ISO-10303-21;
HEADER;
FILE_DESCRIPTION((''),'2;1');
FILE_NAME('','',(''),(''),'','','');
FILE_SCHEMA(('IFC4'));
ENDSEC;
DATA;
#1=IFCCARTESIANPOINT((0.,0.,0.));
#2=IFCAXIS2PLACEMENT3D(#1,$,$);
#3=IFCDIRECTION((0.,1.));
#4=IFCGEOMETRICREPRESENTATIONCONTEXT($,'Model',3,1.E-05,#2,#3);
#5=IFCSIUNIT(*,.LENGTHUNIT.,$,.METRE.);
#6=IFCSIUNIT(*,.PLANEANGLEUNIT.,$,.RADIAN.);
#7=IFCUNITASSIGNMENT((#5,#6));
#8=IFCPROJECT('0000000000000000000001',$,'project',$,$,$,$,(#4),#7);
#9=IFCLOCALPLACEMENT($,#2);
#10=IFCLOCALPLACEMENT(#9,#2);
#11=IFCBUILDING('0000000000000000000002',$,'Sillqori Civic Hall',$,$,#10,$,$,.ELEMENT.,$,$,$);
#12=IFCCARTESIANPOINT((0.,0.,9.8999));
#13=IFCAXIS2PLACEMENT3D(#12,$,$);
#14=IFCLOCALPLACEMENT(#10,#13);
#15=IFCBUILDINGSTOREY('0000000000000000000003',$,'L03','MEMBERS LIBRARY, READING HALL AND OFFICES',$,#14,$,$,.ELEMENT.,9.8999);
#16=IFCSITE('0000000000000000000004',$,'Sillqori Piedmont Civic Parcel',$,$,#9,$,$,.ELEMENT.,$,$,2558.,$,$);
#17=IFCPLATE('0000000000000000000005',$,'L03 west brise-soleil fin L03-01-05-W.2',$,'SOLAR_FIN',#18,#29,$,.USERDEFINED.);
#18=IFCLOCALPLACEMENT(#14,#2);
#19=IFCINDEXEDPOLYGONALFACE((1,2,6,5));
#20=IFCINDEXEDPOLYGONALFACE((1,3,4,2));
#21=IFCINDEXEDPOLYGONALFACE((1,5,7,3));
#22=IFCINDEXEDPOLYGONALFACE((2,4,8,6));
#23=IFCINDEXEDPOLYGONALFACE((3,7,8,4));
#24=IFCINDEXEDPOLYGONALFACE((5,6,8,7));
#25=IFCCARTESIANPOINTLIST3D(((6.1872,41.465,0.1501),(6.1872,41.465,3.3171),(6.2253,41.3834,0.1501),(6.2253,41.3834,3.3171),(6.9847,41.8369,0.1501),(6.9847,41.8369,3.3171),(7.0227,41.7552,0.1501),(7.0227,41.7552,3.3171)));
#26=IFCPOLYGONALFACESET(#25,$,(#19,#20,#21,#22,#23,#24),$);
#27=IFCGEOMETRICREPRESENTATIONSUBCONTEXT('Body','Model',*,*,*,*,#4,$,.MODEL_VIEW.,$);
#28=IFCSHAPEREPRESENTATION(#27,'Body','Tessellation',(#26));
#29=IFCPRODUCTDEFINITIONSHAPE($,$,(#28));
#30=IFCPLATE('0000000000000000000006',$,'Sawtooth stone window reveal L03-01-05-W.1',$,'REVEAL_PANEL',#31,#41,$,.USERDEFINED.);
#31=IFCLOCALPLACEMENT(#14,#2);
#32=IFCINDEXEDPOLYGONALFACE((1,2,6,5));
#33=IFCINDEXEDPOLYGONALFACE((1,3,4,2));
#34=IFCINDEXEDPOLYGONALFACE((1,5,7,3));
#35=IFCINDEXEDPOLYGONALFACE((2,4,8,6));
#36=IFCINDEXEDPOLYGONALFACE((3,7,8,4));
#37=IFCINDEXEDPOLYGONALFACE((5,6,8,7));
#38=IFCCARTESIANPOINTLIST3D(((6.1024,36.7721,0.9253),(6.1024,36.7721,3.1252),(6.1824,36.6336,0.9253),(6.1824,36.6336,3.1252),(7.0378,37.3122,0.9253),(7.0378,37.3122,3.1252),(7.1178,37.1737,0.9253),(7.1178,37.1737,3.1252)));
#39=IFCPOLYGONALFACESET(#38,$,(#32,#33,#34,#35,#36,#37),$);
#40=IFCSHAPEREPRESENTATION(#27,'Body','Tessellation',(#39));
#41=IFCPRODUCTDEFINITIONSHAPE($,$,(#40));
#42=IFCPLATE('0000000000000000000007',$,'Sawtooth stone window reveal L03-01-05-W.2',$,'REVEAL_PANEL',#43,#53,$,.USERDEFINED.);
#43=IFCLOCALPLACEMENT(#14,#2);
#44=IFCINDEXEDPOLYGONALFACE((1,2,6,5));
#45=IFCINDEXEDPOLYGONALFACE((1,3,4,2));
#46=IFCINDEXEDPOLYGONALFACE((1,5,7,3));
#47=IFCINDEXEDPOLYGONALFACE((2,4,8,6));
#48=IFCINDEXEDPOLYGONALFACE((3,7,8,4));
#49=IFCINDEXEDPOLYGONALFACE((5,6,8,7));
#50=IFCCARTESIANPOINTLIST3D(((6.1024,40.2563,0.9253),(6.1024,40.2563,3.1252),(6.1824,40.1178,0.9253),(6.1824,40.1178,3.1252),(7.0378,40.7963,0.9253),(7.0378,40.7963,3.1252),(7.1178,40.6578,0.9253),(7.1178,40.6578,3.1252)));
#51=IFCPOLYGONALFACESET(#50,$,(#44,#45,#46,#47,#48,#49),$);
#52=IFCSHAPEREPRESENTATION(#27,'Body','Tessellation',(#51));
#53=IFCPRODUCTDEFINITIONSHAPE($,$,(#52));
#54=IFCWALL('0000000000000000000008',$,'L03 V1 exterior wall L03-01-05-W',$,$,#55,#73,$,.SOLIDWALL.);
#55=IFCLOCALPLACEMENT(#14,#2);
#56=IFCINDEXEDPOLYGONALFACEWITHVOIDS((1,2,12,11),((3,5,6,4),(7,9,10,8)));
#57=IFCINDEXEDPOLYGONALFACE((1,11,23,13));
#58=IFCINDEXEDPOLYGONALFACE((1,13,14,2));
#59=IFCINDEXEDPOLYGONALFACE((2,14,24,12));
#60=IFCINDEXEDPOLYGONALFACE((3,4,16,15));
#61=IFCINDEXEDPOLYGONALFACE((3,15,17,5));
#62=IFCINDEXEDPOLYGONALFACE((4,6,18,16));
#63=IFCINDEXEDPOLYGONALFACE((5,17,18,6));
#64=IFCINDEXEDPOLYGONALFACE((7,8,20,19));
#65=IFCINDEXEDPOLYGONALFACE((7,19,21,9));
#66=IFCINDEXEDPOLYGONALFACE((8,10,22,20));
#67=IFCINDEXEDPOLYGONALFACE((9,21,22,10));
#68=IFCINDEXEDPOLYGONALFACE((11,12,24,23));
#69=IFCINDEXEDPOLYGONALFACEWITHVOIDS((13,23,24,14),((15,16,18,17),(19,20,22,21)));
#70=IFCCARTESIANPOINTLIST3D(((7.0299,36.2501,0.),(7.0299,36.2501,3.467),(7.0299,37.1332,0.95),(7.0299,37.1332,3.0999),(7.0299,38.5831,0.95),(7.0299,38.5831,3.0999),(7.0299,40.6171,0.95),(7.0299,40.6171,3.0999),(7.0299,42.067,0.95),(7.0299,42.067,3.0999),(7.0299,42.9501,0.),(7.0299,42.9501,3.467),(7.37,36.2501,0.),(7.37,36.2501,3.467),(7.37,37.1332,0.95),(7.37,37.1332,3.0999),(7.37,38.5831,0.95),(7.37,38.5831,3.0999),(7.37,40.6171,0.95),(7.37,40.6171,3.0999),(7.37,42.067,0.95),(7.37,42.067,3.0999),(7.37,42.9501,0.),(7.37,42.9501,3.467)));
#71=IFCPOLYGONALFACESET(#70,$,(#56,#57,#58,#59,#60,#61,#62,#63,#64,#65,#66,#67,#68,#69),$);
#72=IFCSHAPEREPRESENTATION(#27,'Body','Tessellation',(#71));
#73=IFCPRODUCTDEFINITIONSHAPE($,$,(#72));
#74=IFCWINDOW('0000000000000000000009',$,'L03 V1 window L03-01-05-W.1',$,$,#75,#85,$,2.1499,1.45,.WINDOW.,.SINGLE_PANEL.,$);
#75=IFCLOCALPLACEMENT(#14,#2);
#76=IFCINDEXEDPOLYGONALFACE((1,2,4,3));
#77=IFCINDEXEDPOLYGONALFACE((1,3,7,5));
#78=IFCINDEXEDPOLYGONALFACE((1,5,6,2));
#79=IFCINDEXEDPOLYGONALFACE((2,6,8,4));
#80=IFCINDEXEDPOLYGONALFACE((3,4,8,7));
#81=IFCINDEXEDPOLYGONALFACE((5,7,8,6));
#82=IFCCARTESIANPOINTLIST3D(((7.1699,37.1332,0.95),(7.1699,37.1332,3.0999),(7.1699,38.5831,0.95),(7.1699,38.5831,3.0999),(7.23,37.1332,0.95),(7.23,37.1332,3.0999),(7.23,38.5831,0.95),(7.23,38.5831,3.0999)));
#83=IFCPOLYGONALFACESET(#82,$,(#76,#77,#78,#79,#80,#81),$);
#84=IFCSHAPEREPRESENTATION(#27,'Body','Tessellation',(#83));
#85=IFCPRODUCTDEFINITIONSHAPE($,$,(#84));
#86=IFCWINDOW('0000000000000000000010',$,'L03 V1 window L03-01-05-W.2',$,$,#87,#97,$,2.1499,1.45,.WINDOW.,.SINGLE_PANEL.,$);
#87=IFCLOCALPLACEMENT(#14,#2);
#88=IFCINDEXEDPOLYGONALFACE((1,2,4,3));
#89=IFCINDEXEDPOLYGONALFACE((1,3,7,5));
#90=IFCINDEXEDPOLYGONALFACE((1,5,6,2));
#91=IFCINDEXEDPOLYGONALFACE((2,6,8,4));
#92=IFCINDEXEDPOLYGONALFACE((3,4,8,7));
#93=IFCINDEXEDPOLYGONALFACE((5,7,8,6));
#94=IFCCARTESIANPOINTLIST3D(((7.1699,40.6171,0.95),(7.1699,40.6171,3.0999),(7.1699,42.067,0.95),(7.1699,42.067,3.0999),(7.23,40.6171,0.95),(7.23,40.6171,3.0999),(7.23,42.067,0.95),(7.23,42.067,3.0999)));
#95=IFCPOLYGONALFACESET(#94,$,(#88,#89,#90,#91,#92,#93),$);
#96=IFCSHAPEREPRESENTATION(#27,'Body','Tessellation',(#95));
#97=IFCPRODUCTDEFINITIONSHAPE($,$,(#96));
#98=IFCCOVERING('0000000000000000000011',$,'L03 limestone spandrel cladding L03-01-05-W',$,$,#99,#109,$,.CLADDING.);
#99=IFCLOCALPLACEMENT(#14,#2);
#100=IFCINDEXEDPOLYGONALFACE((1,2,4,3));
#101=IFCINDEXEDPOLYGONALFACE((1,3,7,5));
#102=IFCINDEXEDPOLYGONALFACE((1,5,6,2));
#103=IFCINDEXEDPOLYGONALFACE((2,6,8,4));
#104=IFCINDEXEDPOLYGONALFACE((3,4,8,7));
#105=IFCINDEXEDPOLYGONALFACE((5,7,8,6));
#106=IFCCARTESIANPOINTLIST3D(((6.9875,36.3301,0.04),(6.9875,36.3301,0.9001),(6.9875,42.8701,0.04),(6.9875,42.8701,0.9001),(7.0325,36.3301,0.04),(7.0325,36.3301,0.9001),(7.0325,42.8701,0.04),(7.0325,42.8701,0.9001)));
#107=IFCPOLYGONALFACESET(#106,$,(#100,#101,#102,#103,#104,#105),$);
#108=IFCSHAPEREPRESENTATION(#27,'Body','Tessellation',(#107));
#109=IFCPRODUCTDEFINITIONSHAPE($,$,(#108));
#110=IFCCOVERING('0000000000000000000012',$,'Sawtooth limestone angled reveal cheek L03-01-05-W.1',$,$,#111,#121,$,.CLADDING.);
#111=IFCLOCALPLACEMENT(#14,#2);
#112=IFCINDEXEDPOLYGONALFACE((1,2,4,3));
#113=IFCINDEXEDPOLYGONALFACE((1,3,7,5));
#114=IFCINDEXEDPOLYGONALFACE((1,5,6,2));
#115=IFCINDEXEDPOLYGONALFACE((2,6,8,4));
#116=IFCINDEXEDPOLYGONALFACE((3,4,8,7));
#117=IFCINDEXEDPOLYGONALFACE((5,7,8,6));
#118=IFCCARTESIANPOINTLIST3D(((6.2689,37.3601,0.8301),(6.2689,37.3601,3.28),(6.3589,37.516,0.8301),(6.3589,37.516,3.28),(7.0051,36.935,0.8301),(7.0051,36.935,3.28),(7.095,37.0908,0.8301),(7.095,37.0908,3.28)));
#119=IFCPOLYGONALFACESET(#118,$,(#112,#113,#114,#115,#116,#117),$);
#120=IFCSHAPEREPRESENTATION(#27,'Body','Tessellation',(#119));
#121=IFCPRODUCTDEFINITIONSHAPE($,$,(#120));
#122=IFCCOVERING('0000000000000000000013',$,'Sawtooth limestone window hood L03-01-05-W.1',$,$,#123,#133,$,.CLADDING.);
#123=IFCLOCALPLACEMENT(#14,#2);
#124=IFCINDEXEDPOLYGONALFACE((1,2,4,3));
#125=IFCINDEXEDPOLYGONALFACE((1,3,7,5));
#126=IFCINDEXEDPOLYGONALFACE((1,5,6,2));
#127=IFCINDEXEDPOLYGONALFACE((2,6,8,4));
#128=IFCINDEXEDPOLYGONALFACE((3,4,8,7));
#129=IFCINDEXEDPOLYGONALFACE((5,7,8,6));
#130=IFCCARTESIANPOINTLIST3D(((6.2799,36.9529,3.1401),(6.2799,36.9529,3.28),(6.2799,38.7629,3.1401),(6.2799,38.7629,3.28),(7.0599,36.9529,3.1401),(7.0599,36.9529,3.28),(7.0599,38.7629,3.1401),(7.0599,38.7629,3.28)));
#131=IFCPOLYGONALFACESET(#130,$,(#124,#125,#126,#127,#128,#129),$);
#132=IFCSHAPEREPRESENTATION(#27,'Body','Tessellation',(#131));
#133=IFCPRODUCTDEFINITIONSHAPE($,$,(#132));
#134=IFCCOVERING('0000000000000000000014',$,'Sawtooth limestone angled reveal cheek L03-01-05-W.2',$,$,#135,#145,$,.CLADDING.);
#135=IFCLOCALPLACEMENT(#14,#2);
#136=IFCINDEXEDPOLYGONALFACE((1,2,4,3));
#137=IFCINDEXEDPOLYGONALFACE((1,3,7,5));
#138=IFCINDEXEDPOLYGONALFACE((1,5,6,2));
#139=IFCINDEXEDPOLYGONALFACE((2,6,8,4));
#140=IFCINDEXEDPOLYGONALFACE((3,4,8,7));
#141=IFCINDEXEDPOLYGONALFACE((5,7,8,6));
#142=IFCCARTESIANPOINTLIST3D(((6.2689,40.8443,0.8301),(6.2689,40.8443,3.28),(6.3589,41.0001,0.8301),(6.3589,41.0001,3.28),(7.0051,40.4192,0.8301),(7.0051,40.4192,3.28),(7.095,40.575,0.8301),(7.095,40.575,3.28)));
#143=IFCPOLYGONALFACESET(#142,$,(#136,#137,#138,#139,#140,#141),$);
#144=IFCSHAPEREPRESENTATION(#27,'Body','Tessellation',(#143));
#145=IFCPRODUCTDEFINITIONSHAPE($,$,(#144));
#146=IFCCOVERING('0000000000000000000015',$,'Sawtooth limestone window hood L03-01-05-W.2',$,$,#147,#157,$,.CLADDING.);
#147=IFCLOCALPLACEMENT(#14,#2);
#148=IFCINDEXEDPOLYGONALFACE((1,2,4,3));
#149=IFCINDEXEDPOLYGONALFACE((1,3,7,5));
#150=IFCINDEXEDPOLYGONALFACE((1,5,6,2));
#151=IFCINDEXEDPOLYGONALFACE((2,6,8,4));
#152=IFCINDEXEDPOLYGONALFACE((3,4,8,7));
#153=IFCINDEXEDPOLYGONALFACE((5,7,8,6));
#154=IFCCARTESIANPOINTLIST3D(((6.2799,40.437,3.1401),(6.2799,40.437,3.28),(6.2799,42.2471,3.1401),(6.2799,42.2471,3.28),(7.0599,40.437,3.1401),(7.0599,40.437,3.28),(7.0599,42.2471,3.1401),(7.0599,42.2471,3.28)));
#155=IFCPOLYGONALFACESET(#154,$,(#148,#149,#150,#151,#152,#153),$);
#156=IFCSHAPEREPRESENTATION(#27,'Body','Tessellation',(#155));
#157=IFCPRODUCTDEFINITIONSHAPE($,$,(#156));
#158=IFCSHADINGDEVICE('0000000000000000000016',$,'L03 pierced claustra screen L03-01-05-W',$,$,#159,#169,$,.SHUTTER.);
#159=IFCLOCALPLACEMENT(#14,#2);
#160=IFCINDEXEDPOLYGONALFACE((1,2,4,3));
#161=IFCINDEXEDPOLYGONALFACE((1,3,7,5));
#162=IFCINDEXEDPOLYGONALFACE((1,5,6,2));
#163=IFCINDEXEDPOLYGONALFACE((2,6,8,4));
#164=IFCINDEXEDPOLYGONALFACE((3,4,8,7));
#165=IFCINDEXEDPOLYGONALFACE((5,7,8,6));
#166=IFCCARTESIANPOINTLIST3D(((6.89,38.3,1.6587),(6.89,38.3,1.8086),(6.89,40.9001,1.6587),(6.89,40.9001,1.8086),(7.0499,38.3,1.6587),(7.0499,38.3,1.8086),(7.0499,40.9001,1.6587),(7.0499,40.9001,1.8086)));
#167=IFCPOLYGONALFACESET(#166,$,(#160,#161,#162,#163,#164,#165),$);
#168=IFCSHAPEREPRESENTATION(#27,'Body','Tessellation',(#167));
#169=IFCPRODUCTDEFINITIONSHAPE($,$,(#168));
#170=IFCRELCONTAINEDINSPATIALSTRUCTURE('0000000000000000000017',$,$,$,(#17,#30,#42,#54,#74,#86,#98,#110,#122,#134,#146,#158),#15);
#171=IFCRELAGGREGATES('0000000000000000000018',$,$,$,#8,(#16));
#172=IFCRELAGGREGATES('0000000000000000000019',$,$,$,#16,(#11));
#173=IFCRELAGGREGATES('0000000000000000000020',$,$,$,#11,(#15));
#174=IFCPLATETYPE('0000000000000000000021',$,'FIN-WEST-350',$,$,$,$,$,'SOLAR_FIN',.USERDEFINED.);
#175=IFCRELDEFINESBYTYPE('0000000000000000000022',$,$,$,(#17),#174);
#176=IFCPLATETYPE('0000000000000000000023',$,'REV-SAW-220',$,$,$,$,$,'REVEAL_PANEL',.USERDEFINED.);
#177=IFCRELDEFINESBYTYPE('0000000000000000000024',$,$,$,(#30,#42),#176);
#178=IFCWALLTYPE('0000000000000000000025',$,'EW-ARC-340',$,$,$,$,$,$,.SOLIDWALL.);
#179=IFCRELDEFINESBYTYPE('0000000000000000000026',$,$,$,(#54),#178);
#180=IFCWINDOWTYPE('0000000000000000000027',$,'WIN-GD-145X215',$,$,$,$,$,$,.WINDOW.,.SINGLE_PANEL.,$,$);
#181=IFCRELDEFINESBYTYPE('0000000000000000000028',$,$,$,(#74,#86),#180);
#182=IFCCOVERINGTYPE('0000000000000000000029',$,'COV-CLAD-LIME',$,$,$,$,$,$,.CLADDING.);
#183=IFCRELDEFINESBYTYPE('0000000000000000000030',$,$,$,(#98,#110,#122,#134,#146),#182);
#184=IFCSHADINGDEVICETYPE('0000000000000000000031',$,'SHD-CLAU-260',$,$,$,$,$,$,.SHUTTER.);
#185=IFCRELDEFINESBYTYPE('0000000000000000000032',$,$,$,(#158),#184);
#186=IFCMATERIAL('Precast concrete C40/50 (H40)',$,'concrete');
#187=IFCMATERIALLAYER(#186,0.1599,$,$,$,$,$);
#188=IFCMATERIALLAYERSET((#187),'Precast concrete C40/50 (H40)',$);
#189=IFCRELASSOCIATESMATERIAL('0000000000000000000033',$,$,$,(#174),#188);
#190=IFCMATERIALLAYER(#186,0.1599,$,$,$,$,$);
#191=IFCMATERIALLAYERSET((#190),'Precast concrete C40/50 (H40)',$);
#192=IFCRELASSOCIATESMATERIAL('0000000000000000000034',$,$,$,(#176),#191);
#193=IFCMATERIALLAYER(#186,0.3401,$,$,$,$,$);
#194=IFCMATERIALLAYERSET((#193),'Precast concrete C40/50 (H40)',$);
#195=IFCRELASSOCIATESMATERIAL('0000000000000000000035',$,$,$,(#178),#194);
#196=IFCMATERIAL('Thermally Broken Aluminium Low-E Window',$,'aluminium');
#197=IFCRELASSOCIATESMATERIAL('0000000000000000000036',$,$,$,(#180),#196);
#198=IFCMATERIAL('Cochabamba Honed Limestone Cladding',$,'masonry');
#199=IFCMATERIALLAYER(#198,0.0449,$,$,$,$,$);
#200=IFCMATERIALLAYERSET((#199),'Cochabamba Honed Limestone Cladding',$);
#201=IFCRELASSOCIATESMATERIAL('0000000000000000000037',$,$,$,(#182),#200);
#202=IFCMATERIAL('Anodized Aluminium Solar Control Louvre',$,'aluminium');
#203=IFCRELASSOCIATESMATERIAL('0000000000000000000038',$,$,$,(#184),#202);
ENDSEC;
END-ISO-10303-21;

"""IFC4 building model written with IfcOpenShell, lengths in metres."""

from ifc_helpers import new_model, si_unit, direction, frame, frame_2d, origin, origin_2d, place, context, subcontext, project, spatial, rectangle, extrude, material, layer, layer_set, type_object, element, fill, save


model = new_model("IFC4")

# Units and contexts
model_context = context("Model", 3, precision=1e-05, world=origin(), true_north=direction((0.0, 1.0)))
body_context = subcontext(model_context, "Body", "Model", "MODEL_VIEW")
ifc_project = project(units=[si_unit("LENGTHUNIT", "METRE"), si_unit("PLANEANGLEUNIT", "RADIAN")], contexts=[model_context])

# Site, building, storey
site_placement = place(None, origin())
site = spatial("IfcSite", under=ifc_project, at=site_placement, Name="Sillqori Piedmont Civic Parcel", CompositionType="ELEMENT", RefElevation=2558.0)
building_placement = place(site_placement, origin())
building = spatial("IfcBuilding", under=site, at=building_placement, Name="Sillqori Civic Hall", CompositionType="ELEMENT")
storey_placement = place(building_placement, frame((0.0, 0.0, 9.8999)))
storey = spatial("IfcBuildingStorey", under=building, at=storey_placement, Name="L03", Description="MEMBERS LIBRARY, READING HALL AND OFFICES", CompositionType="ELEMENT", Elevation=9.8999)

# Plates
ifc_material_1 = material(Name="Precast concrete C40/50 (H40)", Category="concrete")
ifc_layer_1 = layer(ifc_material_1, 0.1599)
ifc_layer_set_1 = layer_set([ifc_layer_1], Name="Precast concrete C40/50 (H40)")
plate_type_1 = type_object("IfcPlateType", Name="FIN-WEST-350", ElementType="SOLAR_FIN", PredefinedType="USERDEFINED", material=ifc_layer_set_1)
for number, where, z_axis, x_axis, name in (
    (1, (6.605, 41.6101, 0.1501), (0.0, 0.0, 1.0), (-0.422618, 0.906308, 0.0), "L03 west brise-soleil fin L03-01-05-W.2"),
):
    element("IfcPlate", number, at=place(storey_placement, frame(where, z_axis=z_axis, x_axis=x_axis)), inside=storey, type_object=plate_type_1, Name=name, ObjectType="SOLAR_FIN", PredefinedType="USERDEFINED", context=body_context, shape_type="SweptSolid", body=[
        extrude(rectangle(XDim=0.0901, YDim=0.8799, at=origin_2d()), origin(), (0.0, 0.0, 1.0), 3.167),
    ])
ifc_layer_2 = layer(ifc_material_1, 0.1599)
ifc_layer_set_2 = layer_set([ifc_layer_2], Name="Precast concrete C40/50 (H40)")
plate_type_2 = type_object("IfcPlateType", Name="REV-SAW-220", ElementType="REVEAL_PANEL", PredefinedType="USERDEFINED", material=ifc_layer_set_2)
for number, where, z_axis, x_axis, name in (
    (2, (6.6101, 36.9729, 0.9253), (0.0, 0.0, 1.0), (-0.5, 0.866025, 0.0), "Sawtooth stone window reveal L03-01-05-W.1"),
    (3, (6.6101, 40.457, 0.9253), (0.0, 0.0, 1.0), (-0.5, 0.866025, 0.0), "Sawtooth stone window reveal L03-01-05-W.2"),
):
    element("IfcPlate", number, at=place(storey_placement, frame(where, z_axis=z_axis, x_axis=x_axis)), inside=storey, type_object=plate_type_2, Name=name, ObjectType="REVEAL_PANEL", PredefinedType="USERDEFINED", context=body_context, shape_type="SweptSolid", body=[
        extrude(rectangle(XDim=0.1599, YDim=1.0801, at=origin_2d()), origin(), (0.0, 0.0, 1.0), 2.2),
    ])

# Wall, openings, windows
ifc_layer_3 = layer(ifc_material_1, 0.3401)
ifc_layer_set_3 = layer_set([ifc_layer_3], Name="Precast concrete C40/50 (H40)")
wall_type = type_object("IfcWallType", Name="EW-ARC-340", PredefinedType="SOLIDWALL", material=ifc_layer_set_3)
wall_placement = place(storey_placement, frame((7.2, 36.25, 0.0), z_axis=(0.0, 0.0, 1.0), x_axis=(0.0, 1.0, 0.0)))
wall = element("IfcWall", 4, at=wall_placement, inside=storey, type_object=wall_type, Name="L03 V1 exterior wall L03-01-05-W", PredefinedType="SOLIDWALL", context=body_context, shape_type="SweptSolid", body=[
    extrude(rectangle(XDim=6.7, YDim=0.3401, at=frame_2d((3.3501, 0.0))), origin(), (0.0, 0.0, 1.0), 3.467),
])
opening_1_placement = place(wall_placement, frame((0.8831, 0.0, 0.95)))
opening_1 = element("IfcOpeningElement", 5, at=opening_1_placement, cuts=wall, PredefinedType="OPENING", context=body_context, shape_type="SweptSolid", body=[
    extrude(rectangle(XDim=1.45, YDim=2.1499, at=frame_2d((0.7251, 1.075))), frame((0.0, 0.1799, 0.0), z_axis=(0.0, -1.0, 0.0), x_axis=(1.0, 0.0, 0.0)), (0.0, 0.0, 1.0), 0.3601),
])
opening_2_placement = place(wall_placement, frame((4.3669, 0.0, 0.95)))
opening_2 = element("IfcOpeningElement", 6, at=opening_2_placement, cuts=wall, PredefinedType="OPENING", context=body_context, shape_type="SweptSolid", body=[
    extrude(rectangle(XDim=1.45, YDim=2.1499, at=frame_2d((0.7251, 1.075))), frame((0.0, 0.1799, 0.0), z_axis=(0.0, -1.0, 0.0), x_axis=(1.0, 0.0, 0.0)), (0.0, 0.0, 1.0), 0.3601),
])
ifc_material_2 = material(Name="Thermally Broken Aluminium Low-E Window", Category="aluminium")
window_type = type_object("IfcWindowType", Name="WIN-GD-145X215", PartitioningType="SINGLE_PANEL", PredefinedType="WINDOW", material=ifc_material_2)
window_1_placement = place(opening_1_placement, origin())
window_1 = element("IfcWindow", 7, at=window_1_placement, inside=storey, type_object=window_type, Name="L03 V1 window L03-01-05-W.1", OverallHeight=2.1499, OverallWidth=1.45, PartitioningType="SINGLE_PANEL", PredefinedType="WINDOW", context=body_context, shape_type="SweptSolid", body=[
    extrude(rectangle(XDim=1.45, YDim=2.1499, at=frame_2d((0.7251, 1.075))), frame((0.0, 0.03, 0.0), z_axis=(0.0, -1.0, 0.0), x_axis=(1.0, 0.0, 0.0)), (0.0, 0.0, 1.0), 0.0601),
])
fill(opening_1, window_1)
window_2_placement = place(opening_2_placement, origin())
window_2 = element("IfcWindow", 8, at=window_2_placement, inside=storey, type_object=window_type, Name="L03 V1 window L03-01-05-W.2", OverallHeight=2.1499, OverallWidth=1.45, PartitioningType="SINGLE_PANEL", PredefinedType="WINDOW", context=body_context, shape_type="SweptSolid", body=[
    extrude(rectangle(XDim=1.45, YDim=2.1499, at=frame_2d((0.7251, 1.075))), frame((0.0, 0.03, 0.0), z_axis=(0.0, -1.0, 0.0), x_axis=(1.0, 0.0, 0.0)), (0.0, 0.0, 1.0), 0.0601),
])
fill(opening_2, window_2)

# Coverings
ifc_material_3 = material(Name="Cochabamba Honed Limestone Cladding", Category="masonry")
ifc_layer_4 = layer(ifc_material_3, 0.0449)
ifc_layer_set_4 = layer_set([ifc_layer_4], Name="Cochabamba Honed Limestone Cladding")
covering_type = type_object("IfcCoveringType", Name="COV-CLAD-LIME", PredefinedType="CLADDING", material=ifc_layer_set_4)
covering_1_placement = place(storey_placement, frame((7.01, 36.3301, 0.04), z_axis=(0.0, 0.0, 1.0), x_axis=(0.0, 1.0, 0.0)))
element("IfcCovering", 9, at=covering_1_placement, inside=storey, type_object=covering_type, Name="L03 limestone spandrel cladding L03-01-05-W", PredefinedType="CLADDING", context=body_context, shape_type="SweptSolid", body=[
    extrude(rectangle(XDim=6.54, YDim=0.0449, at=frame_2d((3.27, 0.0))), origin(), (0.0, 0.0, 1.0), 0.8601),
])
covering_2_placement = place(storey_placement, frame((7.05, 37.0129, 0.8301), z_axis=(0.0, 0.0, 1.0), x_axis=(-0.865989, 0.500062, 0.0)))
element("IfcCovering", 10, at=covering_2_placement, inside=storey, type_object=covering_type, Name="Sawtooth limestone angled reveal cheek L03-01-05-W.1", PredefinedType="CLADDING", context=body_context, shape_type="SweptSolid", body=[
    extrude(rectangle(XDim=0.8501, YDim=0.1799, at=frame_2d((0.425, 0.0))), origin(), (0.0, 0.0, 1.0), 2.45),
])
covering_3_placement = place(storey_placement, frame((6.6699, 36.9529, 3.1401), z_axis=(0.0, 0.0, 1.0), x_axis=(0.0, 1.0, 0.0)))
element("IfcCovering", 11, at=covering_3_placement, inside=storey, type_object=covering_type, Name="Sawtooth limestone window hood L03-01-05-W.1", PredefinedType="CLADDING", context=body_context, shape_type="SweptSolid", body=[
    extrude(rectangle(XDim=1.8101, YDim=0.78, at=frame_2d((0.905, 0.0))), origin(), (0.0, 0.0, 1.0), 0.1399),
])
covering_4_placement = place(storey_placement, frame((7.05, 40.4971, 0.8301), z_axis=(0.0, 0.0, 1.0), x_axis=(-0.865989, 0.500062, 0.0)))
element("IfcCovering", 12, at=covering_4_placement, inside=storey, type_object=covering_type, Name="Sawtooth limestone angled reveal cheek L03-01-05-W.2", PredefinedType="CLADDING", context=body_context, shape_type="SweptSolid", body=[
    extrude(rectangle(XDim=0.8501, YDim=0.1799, at=frame_2d((0.425, 0.0))), origin(), (0.0, 0.0, 1.0), 2.45),
])
covering_5_placement = place(storey_placement, frame((6.6699, 40.437, 3.1401), z_axis=(0.0, 0.0, 1.0), x_axis=(0.0, 1.0, 0.0)))
element("IfcCovering", 13, at=covering_5_placement, inside=storey, type_object=covering_type, Name="Sawtooth limestone window hood L03-01-05-W.2", PredefinedType="CLADDING", context=body_context, shape_type="SweptSolid", body=[
    extrude(rectangle(XDim=1.8101, YDim=0.78, at=frame_2d((0.905, 0.0))), origin(), (0.0, 0.0, 1.0), 0.1399),
])

# Shading device
ifc_material_4 = material(Name="Anodized Aluminium Solar Control Louvre", Category="aluminium")
shading_device_type = type_object("IfcShadingDeviceType", Name="SHD-CLAU-260", PredefinedType="SHUTTER", material=ifc_material_4)
shading_device_placement = place(storey_placement, frame((6.97, 39.6001, 1.6587), z_axis=(0.0, 0.0, 1.0), x_axis=(0.0, 1.0, 0.0)))
element("IfcShadingDevice", 14, at=shading_device_placement, inside=storey, type_object=shading_device_type, Name="L03 pierced claustra screen L03-01-05-W", PredefinedType="SHUTTER", context=body_context, shape_type="SweptSolid", body=[
    extrude(rectangle(XDim=2.6001, YDim=0.1599, at=origin_2d()), origin(), (0.0, 0.0, 1.0), 0.1499),
])

save(model, "model.ifc")
